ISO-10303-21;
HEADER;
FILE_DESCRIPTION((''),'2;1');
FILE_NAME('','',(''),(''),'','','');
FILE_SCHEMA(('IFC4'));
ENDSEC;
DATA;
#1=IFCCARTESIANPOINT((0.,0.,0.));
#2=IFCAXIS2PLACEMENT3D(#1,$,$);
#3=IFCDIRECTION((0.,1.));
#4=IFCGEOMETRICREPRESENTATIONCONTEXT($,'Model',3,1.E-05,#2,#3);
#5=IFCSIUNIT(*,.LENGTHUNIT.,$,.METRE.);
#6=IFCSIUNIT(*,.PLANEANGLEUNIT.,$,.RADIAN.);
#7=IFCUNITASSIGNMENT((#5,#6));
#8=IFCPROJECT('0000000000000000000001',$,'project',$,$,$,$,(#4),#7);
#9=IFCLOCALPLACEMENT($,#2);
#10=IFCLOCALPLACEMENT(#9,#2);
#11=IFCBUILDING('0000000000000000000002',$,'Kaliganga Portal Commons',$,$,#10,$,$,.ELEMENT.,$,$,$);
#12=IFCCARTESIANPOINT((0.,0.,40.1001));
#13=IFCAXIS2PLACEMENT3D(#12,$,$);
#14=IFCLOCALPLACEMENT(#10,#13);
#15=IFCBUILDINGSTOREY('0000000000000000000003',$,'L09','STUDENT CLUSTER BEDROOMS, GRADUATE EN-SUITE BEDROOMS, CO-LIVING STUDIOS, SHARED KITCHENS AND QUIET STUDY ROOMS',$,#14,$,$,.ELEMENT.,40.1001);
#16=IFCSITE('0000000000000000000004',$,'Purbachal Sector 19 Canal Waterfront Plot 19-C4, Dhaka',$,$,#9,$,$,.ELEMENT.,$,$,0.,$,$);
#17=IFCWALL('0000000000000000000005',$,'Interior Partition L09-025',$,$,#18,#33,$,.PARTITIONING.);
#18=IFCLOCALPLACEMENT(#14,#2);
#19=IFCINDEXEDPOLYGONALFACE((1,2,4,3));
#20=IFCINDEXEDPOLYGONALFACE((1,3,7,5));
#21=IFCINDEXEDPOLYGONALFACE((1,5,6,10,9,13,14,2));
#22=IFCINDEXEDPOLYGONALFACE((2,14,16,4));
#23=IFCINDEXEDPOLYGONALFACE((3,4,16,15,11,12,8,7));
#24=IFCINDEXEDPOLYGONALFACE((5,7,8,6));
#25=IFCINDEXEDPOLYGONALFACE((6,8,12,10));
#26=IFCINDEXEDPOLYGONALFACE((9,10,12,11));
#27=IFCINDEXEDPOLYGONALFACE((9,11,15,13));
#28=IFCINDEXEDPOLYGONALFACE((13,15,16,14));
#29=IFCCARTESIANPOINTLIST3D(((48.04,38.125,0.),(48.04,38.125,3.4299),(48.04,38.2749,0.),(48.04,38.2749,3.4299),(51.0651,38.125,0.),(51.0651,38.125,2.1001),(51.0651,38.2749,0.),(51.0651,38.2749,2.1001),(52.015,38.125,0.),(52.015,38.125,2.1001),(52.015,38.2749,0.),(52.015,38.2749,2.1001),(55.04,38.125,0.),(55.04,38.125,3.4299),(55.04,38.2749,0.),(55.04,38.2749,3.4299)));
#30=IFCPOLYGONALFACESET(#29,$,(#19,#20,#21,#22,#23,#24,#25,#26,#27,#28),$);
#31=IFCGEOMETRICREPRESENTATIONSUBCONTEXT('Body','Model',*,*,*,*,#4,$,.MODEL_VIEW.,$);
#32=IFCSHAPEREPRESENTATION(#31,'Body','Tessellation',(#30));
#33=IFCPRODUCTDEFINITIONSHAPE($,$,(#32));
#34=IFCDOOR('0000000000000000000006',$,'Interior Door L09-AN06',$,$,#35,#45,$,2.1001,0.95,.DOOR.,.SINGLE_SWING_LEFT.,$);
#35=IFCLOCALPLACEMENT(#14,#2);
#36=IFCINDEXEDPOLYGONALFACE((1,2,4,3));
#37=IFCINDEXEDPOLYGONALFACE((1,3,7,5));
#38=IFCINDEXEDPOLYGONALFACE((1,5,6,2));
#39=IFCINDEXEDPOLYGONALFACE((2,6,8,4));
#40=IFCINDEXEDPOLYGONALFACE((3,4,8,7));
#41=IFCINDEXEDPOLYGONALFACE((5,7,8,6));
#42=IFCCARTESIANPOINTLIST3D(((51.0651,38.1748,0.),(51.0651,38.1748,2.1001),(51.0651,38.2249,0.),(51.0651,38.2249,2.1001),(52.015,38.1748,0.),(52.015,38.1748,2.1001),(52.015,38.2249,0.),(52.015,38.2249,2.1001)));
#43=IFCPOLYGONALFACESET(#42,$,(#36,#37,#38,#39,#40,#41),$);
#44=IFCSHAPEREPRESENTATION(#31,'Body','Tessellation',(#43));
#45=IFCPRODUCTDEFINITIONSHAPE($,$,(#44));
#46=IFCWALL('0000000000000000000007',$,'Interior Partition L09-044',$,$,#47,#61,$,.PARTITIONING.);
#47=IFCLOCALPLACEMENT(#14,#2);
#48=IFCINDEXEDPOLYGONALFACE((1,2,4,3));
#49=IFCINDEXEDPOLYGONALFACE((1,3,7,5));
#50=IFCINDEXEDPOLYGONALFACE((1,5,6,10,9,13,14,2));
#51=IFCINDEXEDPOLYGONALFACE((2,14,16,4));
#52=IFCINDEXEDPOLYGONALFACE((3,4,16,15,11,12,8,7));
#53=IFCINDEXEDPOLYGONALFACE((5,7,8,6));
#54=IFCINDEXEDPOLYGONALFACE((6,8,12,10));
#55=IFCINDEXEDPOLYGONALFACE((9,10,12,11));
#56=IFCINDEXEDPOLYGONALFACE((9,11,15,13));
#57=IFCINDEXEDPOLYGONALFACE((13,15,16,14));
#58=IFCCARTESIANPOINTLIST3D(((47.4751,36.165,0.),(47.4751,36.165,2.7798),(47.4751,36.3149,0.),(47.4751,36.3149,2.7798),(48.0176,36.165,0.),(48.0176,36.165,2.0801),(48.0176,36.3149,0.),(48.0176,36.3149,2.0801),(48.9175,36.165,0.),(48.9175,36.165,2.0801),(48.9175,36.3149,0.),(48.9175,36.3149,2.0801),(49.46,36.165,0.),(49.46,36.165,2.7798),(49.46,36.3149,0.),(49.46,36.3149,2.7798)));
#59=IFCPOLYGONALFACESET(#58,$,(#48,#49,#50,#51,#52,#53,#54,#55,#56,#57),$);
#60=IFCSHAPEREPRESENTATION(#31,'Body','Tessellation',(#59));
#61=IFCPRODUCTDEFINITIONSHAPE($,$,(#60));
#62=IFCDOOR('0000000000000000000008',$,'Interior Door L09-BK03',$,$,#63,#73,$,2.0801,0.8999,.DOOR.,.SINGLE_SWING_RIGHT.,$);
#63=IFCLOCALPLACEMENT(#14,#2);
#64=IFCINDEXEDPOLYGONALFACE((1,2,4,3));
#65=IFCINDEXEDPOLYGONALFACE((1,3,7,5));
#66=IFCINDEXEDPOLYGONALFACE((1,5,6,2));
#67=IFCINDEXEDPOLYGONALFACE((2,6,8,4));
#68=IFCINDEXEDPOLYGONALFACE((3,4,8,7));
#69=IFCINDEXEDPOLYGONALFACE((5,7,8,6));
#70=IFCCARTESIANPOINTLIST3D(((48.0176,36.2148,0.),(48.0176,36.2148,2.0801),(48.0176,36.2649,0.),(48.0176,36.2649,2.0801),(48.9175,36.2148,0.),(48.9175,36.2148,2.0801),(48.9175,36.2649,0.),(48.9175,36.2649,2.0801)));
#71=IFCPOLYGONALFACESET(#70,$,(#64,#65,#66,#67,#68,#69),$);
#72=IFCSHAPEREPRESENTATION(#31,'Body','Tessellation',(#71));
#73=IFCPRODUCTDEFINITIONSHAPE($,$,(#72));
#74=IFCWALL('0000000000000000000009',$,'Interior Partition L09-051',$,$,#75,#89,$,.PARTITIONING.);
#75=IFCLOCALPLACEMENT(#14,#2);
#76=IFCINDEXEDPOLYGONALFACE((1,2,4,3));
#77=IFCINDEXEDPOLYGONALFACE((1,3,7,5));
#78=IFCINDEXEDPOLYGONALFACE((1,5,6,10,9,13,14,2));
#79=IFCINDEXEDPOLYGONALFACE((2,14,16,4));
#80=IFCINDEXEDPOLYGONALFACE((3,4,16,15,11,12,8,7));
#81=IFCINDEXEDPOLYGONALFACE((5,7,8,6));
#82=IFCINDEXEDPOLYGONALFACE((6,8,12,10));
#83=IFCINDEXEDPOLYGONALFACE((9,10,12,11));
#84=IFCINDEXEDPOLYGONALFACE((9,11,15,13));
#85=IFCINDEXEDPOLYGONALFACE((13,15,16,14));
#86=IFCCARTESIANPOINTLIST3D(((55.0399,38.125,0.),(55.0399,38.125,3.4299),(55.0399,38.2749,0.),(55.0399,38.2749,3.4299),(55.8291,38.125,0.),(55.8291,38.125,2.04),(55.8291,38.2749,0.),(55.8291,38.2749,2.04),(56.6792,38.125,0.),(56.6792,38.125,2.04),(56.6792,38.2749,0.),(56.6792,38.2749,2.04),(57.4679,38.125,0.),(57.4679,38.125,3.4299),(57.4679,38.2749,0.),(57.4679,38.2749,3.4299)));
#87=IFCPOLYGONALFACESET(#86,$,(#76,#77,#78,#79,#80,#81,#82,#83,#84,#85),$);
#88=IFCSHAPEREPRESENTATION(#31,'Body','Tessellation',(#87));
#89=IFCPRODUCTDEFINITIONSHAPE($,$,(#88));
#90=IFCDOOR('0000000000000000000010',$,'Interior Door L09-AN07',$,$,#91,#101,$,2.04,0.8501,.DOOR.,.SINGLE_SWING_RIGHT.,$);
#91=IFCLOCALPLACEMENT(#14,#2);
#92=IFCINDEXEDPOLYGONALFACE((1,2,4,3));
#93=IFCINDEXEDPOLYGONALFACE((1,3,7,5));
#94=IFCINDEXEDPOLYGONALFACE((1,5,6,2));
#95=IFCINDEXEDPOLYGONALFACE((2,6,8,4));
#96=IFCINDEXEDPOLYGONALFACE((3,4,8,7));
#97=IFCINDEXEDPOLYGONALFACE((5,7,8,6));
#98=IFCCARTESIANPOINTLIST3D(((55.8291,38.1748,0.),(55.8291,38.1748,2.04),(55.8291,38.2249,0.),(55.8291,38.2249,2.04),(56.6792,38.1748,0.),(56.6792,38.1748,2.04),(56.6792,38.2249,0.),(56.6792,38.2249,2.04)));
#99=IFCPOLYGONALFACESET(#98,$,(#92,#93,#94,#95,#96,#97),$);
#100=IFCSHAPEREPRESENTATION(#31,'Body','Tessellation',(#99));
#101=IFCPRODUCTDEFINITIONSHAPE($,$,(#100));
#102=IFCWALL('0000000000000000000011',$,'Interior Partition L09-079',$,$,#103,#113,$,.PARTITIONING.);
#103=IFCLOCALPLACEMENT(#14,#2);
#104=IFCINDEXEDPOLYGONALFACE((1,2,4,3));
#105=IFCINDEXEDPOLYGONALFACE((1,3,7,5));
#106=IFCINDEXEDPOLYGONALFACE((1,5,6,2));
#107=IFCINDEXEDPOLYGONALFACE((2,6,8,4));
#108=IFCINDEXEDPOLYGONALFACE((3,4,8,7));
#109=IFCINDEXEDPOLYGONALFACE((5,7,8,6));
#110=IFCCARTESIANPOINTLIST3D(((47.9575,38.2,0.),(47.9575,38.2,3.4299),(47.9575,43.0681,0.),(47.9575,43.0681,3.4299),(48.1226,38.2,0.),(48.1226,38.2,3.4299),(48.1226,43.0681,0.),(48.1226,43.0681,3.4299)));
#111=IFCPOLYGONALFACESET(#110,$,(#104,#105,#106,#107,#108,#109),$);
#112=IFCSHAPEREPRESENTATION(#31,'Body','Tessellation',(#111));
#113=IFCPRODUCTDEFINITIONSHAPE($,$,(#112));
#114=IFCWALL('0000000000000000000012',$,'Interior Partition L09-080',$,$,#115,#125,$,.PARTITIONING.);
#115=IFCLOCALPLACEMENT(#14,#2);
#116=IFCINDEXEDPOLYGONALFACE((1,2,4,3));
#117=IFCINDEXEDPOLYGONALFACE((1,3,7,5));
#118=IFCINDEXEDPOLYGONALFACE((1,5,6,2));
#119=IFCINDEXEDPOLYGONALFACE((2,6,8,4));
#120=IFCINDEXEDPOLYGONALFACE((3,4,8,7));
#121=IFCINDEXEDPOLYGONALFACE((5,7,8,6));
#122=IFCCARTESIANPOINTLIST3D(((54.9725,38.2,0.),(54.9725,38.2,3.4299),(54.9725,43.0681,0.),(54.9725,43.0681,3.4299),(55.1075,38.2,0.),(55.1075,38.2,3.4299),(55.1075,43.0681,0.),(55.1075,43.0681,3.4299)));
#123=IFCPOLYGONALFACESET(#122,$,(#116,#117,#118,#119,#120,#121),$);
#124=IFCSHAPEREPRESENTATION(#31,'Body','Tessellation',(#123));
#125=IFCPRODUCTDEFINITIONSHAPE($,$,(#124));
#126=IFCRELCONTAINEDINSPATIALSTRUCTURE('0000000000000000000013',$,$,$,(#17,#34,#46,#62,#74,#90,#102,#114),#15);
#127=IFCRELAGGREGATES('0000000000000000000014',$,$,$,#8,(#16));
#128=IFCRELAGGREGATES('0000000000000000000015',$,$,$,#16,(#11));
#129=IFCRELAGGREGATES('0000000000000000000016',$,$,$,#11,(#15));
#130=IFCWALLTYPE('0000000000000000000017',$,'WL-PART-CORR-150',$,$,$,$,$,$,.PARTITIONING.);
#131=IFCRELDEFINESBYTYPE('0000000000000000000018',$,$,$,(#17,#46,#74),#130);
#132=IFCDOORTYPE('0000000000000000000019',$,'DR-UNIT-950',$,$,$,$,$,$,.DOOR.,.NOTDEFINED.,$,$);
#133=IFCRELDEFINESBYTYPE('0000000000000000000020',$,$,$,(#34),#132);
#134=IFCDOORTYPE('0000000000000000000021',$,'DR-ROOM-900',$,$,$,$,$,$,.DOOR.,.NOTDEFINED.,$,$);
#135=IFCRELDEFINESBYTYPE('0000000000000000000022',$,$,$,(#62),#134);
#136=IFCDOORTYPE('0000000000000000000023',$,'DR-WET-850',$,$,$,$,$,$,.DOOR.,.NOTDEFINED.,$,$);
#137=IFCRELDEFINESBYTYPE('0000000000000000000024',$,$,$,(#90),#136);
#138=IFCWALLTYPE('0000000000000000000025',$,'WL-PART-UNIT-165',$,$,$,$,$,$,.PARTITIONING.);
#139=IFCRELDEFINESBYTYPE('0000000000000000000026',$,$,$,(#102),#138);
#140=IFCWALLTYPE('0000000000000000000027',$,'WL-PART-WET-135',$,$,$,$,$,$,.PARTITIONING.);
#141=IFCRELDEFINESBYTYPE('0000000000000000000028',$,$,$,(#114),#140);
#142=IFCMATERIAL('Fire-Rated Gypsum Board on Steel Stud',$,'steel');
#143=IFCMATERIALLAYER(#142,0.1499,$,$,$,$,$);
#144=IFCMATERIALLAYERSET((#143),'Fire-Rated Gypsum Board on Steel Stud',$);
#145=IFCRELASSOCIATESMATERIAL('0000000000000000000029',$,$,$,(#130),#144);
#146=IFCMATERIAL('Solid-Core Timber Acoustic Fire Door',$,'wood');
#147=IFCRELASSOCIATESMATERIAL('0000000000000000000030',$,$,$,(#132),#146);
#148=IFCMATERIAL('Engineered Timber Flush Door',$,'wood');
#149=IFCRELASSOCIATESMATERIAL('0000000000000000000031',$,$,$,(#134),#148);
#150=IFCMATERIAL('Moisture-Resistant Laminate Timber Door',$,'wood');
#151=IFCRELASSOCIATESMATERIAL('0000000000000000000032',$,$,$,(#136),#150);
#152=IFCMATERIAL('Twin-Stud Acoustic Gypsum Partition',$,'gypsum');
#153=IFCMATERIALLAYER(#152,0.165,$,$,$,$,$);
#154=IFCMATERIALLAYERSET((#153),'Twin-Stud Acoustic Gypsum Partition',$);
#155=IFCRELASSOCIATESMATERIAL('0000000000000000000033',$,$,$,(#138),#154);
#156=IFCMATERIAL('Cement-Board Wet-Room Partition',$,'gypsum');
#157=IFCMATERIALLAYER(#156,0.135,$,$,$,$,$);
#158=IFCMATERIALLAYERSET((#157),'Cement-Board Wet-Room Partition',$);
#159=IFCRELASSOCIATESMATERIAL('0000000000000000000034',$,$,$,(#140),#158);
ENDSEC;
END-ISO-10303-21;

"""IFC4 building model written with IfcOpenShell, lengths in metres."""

from ifc_helpers import new_model, si_unit, direction, frame, frame_2d, origin, place, context, subcontext, project, spatial, rectangle, extrude, material, layer, layer_set, type_object, element, fill, save


model = new_model("IFC4")

# Units and contexts
model_context = context("Model", 3, precision=1e-05, world=origin(), true_north=direction((0.0, 1.0)))
body_context = subcontext(model_context, "Body", "Model", "MODEL_VIEW")
ifc_project = project(units=[si_unit("LENGTHUNIT", "METRE"), si_unit("PLANEANGLEUNIT", "RADIAN")], contexts=[model_context])

# Site, building, storey
site_placement = place(None, origin())
site = spatial("IfcSite", under=ifc_project, at=site_placement, Name="Purbachal Sector 19 Canal Waterfront Plot 19-C4, Dhaka", CompositionType="ELEMENT", RefElevation=0.0)
building_placement = place(site_placement, origin())
building = spatial("IfcBuilding", under=site, at=building_placement, Name="Kaliganga Portal Commons", CompositionType="ELEMENT")
storey_placement = place(building_placement, frame((0.0, 0.0, 40.1001)))
storey = spatial("IfcBuildingStorey", under=building, at=storey_placement, Name="L09", Description="STUDENT CLUSTER BEDROOMS, GRADUATE EN-SUITE BEDROOMS, CO-LIVING STUDIOS, SHARED KITCHENS AND QUIET STUDY ROOMS", CompositionType="ELEMENT", Elevation=40.1001)

# Shared definitions
ifc_material_1 = material(Name="Fire-Rated Gypsum Board on Steel Stud", Category="steel")
ifc_layer_1 = layer(ifc_material_1, 0.1499)
ifc_layer_set_1 = layer_set([ifc_layer_1], Name="Fire-Rated Gypsum Board on Steel Stud")
wall_type_1 = type_object("IfcWallType", Name="WL-PART-CORR-150", PredefinedType="PARTITIONING", material=ifc_layer_set_1)

# Walls, openings, doors
wall_1_placement = place(storey_placement, frame((48.04, 38.2, 0.0), z_axis=(0.0, 0.0, 1.0), x_axis=(1.0, 0.0, 0.0)))
wall_1 = element("IfcWall", 1, at=wall_1_placement, inside=storey, type_object=wall_type_1, Name="Interior Partition L09-025", PredefinedType="PARTITIONING", context=body_context, shape_type="SweptSolid", body=[
    extrude(rectangle(XDim=7.0, YDim=0.1499, at=frame_2d((3.5, 0.0))), origin(), (0.0, 0.0, 1.0), 3.4299),
])
opening_1_placement = place(wall_1_placement, frame((3.0249, 0.0, 0.0)))
opening_1 = element("IfcOpeningElement", 2, at=opening_1_placement, cuts=wall_1, PredefinedType="OPENING", context=body_context, shape_type="SweptSolid", body=[
    extrude(rectangle(XDim=0.95, YDim=2.1001, at=frame_2d((0.4751, 1.05))), frame((0.0, 0.085, 0.0), z_axis=(0.0, -1.0, 0.0), x_axis=(1.0, 0.0, 0.0)), (0.0, 0.0, 1.0), 0.1699),
])
ifc_material_2 = material(Name="Solid-Core Timber Acoustic Fire Door", Category="wood")
door_type_1 = type_object("IfcDoorType", Name="DR-UNIT-950", OperationType="NOTDEFINED", PredefinedType="DOOR", material=ifc_material_2)
door_1_placement = place(opening_1_placement, origin())
door_1 = element("IfcDoor", 3, at=door_1_placement, inside=storey, type_object=door_type_1, Name="Interior Door L09-AN06", OperationType="SINGLE_SWING_LEFT", OverallHeight=2.1001, OverallWidth=0.95, PredefinedType="DOOR", context=body_context, shape_type="SweptSolid", body=[
    extrude(rectangle(XDim=0.95, YDim=2.1001, at=frame_2d((0.4751, 1.05))), frame((0.0, 0.0249, 0.0), z_axis=(0.0, -1.0, 0.0), x_axis=(1.0, 0.0, 0.0)), (0.0, 0.0, 1.0), 0.05),
])
fill(opening_1, door_1)
wall_2_placement = place(storey_placement, frame((47.4751, 36.24, 0.0), z_axis=(0.0, 0.0, 1.0), x_axis=(1.0, 0.0, 0.0)))
wall_2 = element("IfcWall", 4, at=wall_2_placement, inside=storey, type_object=wall_type_1, Name="Interior Partition L09-044", PredefinedType="PARTITIONING", context=body_context, shape_type="SweptSolid", body=[
    extrude(rectangle(XDim=1.9849, YDim=0.1499, at=frame_2d((0.9924, 0.0))), origin(), (0.0, 0.0, 1.0), 2.7798),
])
opening_2_placement = place(wall_2_placement, frame((0.5425, 0.0, 0.0)))
opening_2 = element("IfcOpeningElement", 5, at=opening_2_placement, cuts=wall_2, PredefinedType="OPENING", context=body_context, shape_type="SweptSolid", body=[
    extrude(rectangle(XDim=0.8999, YDim=2.0801, at=frame_2d((0.45, 1.04))), frame((0.0, 0.085, 0.0), z_axis=(0.0, -1.0, 0.0), x_axis=(1.0, 0.0, 0.0)), (0.0, 0.0, 1.0), 0.1699),
])
ifc_material_3 = material(Name="Engineered Timber Flush Door", Category="wood")
door_type_2 = type_object("IfcDoorType", Name="DR-ROOM-900", OperationType="NOTDEFINED", PredefinedType="DOOR", material=ifc_material_3)
door_2_placement = place(opening_2_placement, origin())
door_2 = element("IfcDoor", 6, at=door_2_placement, inside=storey, type_object=door_type_2, Name="Interior Door L09-BK03", OperationType="SINGLE_SWING_RIGHT", OverallHeight=2.0801, OverallWidth=0.8999, PredefinedType="DOOR", context=body_context, shape_type="SweptSolid", body=[
    extrude(rectangle(XDim=0.8999, YDim=2.0801, at=frame_2d((0.45, 1.04))), frame((0.0, 0.0249, 0.0), z_axis=(0.0, -1.0, 0.0), x_axis=(1.0, 0.0, 0.0)), (0.0, 0.0, 1.0), 0.05),
])
fill(opening_2, door_2)
wall_3_placement = place(storey_placement, frame((55.04, 38.2, 0.0), z_axis=(0.0, 0.0, 1.0), x_axis=(1.0, 0.0, 0.0)))
wall_3 = element("IfcWall", 7, at=wall_3_placement, inside=storey, type_object=wall_type_1, Name="Interior Partition L09-051", PredefinedType="PARTITIONING", context=body_context, shape_type="SweptSolid", body=[
    extrude(rectangle(XDim=2.428, YDim=0.1499, at=frame_2d((1.2139, 0.0))), origin(), (0.0, 0.0, 1.0), 3.4299),
])
opening_3_placement = place(wall_3_placement, frame((0.7891, 0.0, 0.0)))
opening_3 = element("IfcOpeningElement", 8, at=opening_3_placement, cuts=wall_3, PredefinedType="OPENING", context=body_context, shape_type="SweptSolid", body=[
    extrude(rectangle(XDim=0.8501, YDim=2.04, at=frame_2d((0.425, 1.02))), frame((0.0, 0.085, 0.0), z_axis=(0.0, -1.0, 0.0), x_axis=(1.0, 0.0, 0.0)), (0.0, 0.0, 1.0), 0.1699),
])
ifc_material_4 = material(Name="Moisture-Resistant Laminate Timber Door", Category="wood")
door_type_3 = type_object("IfcDoorType", Name="DR-WET-850", OperationType="NOTDEFINED", PredefinedType="DOOR", material=ifc_material_4)
door_3_placement = place(opening_3_placement, origin())
door_3 = element("IfcDoor", 9, at=door_3_placement, inside=storey, type_object=door_type_3, Name="Interior Door L09-AN07", OperationType="SINGLE_SWING_RIGHT", OverallHeight=2.04, OverallWidth=0.8501, PredefinedType="DOOR", context=body_context, shape_type="SweptSolid", body=[
    extrude(rectangle(XDim=0.8501, YDim=2.04, at=frame_2d((0.425, 1.02))), frame((0.0, 0.0249, 0.0), z_axis=(0.0, -1.0, 0.0), x_axis=(1.0, 0.0, 0.0)), (0.0, 0.0, 1.0), 0.05),
])
fill(opening_3, door_3)

# Walls
ifc_material_5 = material(Name="Twin-Stud Acoustic Gypsum Partition", Category="gypsum")
ifc_layer_2 = layer(ifc_material_5, 0.165)
ifc_layer_set_2 = layer_set([ifc_layer_2], Name="Twin-Stud Acoustic Gypsum Partition")
wall_type_2 = type_object("IfcWallType", Name="WL-PART-UNIT-165", PredefinedType="PARTITIONING", material=ifc_layer_set_2)
wall_4_placement = place(storey_placement, frame((48.04, 38.2, 0.0), z_axis=(0.0, 0.0, 1.0), x_axis=(0.0, 1.0, 0.0)))
element("IfcWall", 10, at=wall_4_placement, inside=storey, type_object=wall_type_2, Name="Interior Partition L09-079", PredefinedType="PARTITIONING", context=body_context, shape_type="SweptSolid", body=[
    extrude(rectangle(XDim=4.8682, YDim=0.165, at=frame_2d((2.4341, 0.0))), origin(), (0.0, 0.0, 1.0), 3.4299),
])
ifc_material_6 = material(Name="Cement-Board Wet-Room Partition", Category="gypsum")
ifc_layer_3 = layer(ifc_material_6, 0.135)
ifc_layer_set_3 = layer_set([ifc_layer_3], Name="Cement-Board Wet-Room Partition")
wall_type_3 = type_object("IfcWallType", Name="WL-PART-WET-135", PredefinedType="PARTITIONING", material=ifc_layer_set_3)
wall_5_placement = place(storey_placement, frame((55.04, 38.2, 0.0), z_axis=(0.0, 0.0, 1.0), x_axis=(0.0, 1.0, 0.0)))
element("IfcWall", 11, at=wall_5_placement, inside=storey, type_object=wall_type_3, Name="Interior Partition L09-080", PredefinedType="PARTITIONING", context=body_context, shape_type="SweptSolid", body=[
    extrude(rectangle(XDim=4.8682, YDim=0.135, at=frame_2d((2.4341, 0.0))), origin(), (0.0, 0.0, 1.0), 3.4299),
])

save(model, "model.ifc")
